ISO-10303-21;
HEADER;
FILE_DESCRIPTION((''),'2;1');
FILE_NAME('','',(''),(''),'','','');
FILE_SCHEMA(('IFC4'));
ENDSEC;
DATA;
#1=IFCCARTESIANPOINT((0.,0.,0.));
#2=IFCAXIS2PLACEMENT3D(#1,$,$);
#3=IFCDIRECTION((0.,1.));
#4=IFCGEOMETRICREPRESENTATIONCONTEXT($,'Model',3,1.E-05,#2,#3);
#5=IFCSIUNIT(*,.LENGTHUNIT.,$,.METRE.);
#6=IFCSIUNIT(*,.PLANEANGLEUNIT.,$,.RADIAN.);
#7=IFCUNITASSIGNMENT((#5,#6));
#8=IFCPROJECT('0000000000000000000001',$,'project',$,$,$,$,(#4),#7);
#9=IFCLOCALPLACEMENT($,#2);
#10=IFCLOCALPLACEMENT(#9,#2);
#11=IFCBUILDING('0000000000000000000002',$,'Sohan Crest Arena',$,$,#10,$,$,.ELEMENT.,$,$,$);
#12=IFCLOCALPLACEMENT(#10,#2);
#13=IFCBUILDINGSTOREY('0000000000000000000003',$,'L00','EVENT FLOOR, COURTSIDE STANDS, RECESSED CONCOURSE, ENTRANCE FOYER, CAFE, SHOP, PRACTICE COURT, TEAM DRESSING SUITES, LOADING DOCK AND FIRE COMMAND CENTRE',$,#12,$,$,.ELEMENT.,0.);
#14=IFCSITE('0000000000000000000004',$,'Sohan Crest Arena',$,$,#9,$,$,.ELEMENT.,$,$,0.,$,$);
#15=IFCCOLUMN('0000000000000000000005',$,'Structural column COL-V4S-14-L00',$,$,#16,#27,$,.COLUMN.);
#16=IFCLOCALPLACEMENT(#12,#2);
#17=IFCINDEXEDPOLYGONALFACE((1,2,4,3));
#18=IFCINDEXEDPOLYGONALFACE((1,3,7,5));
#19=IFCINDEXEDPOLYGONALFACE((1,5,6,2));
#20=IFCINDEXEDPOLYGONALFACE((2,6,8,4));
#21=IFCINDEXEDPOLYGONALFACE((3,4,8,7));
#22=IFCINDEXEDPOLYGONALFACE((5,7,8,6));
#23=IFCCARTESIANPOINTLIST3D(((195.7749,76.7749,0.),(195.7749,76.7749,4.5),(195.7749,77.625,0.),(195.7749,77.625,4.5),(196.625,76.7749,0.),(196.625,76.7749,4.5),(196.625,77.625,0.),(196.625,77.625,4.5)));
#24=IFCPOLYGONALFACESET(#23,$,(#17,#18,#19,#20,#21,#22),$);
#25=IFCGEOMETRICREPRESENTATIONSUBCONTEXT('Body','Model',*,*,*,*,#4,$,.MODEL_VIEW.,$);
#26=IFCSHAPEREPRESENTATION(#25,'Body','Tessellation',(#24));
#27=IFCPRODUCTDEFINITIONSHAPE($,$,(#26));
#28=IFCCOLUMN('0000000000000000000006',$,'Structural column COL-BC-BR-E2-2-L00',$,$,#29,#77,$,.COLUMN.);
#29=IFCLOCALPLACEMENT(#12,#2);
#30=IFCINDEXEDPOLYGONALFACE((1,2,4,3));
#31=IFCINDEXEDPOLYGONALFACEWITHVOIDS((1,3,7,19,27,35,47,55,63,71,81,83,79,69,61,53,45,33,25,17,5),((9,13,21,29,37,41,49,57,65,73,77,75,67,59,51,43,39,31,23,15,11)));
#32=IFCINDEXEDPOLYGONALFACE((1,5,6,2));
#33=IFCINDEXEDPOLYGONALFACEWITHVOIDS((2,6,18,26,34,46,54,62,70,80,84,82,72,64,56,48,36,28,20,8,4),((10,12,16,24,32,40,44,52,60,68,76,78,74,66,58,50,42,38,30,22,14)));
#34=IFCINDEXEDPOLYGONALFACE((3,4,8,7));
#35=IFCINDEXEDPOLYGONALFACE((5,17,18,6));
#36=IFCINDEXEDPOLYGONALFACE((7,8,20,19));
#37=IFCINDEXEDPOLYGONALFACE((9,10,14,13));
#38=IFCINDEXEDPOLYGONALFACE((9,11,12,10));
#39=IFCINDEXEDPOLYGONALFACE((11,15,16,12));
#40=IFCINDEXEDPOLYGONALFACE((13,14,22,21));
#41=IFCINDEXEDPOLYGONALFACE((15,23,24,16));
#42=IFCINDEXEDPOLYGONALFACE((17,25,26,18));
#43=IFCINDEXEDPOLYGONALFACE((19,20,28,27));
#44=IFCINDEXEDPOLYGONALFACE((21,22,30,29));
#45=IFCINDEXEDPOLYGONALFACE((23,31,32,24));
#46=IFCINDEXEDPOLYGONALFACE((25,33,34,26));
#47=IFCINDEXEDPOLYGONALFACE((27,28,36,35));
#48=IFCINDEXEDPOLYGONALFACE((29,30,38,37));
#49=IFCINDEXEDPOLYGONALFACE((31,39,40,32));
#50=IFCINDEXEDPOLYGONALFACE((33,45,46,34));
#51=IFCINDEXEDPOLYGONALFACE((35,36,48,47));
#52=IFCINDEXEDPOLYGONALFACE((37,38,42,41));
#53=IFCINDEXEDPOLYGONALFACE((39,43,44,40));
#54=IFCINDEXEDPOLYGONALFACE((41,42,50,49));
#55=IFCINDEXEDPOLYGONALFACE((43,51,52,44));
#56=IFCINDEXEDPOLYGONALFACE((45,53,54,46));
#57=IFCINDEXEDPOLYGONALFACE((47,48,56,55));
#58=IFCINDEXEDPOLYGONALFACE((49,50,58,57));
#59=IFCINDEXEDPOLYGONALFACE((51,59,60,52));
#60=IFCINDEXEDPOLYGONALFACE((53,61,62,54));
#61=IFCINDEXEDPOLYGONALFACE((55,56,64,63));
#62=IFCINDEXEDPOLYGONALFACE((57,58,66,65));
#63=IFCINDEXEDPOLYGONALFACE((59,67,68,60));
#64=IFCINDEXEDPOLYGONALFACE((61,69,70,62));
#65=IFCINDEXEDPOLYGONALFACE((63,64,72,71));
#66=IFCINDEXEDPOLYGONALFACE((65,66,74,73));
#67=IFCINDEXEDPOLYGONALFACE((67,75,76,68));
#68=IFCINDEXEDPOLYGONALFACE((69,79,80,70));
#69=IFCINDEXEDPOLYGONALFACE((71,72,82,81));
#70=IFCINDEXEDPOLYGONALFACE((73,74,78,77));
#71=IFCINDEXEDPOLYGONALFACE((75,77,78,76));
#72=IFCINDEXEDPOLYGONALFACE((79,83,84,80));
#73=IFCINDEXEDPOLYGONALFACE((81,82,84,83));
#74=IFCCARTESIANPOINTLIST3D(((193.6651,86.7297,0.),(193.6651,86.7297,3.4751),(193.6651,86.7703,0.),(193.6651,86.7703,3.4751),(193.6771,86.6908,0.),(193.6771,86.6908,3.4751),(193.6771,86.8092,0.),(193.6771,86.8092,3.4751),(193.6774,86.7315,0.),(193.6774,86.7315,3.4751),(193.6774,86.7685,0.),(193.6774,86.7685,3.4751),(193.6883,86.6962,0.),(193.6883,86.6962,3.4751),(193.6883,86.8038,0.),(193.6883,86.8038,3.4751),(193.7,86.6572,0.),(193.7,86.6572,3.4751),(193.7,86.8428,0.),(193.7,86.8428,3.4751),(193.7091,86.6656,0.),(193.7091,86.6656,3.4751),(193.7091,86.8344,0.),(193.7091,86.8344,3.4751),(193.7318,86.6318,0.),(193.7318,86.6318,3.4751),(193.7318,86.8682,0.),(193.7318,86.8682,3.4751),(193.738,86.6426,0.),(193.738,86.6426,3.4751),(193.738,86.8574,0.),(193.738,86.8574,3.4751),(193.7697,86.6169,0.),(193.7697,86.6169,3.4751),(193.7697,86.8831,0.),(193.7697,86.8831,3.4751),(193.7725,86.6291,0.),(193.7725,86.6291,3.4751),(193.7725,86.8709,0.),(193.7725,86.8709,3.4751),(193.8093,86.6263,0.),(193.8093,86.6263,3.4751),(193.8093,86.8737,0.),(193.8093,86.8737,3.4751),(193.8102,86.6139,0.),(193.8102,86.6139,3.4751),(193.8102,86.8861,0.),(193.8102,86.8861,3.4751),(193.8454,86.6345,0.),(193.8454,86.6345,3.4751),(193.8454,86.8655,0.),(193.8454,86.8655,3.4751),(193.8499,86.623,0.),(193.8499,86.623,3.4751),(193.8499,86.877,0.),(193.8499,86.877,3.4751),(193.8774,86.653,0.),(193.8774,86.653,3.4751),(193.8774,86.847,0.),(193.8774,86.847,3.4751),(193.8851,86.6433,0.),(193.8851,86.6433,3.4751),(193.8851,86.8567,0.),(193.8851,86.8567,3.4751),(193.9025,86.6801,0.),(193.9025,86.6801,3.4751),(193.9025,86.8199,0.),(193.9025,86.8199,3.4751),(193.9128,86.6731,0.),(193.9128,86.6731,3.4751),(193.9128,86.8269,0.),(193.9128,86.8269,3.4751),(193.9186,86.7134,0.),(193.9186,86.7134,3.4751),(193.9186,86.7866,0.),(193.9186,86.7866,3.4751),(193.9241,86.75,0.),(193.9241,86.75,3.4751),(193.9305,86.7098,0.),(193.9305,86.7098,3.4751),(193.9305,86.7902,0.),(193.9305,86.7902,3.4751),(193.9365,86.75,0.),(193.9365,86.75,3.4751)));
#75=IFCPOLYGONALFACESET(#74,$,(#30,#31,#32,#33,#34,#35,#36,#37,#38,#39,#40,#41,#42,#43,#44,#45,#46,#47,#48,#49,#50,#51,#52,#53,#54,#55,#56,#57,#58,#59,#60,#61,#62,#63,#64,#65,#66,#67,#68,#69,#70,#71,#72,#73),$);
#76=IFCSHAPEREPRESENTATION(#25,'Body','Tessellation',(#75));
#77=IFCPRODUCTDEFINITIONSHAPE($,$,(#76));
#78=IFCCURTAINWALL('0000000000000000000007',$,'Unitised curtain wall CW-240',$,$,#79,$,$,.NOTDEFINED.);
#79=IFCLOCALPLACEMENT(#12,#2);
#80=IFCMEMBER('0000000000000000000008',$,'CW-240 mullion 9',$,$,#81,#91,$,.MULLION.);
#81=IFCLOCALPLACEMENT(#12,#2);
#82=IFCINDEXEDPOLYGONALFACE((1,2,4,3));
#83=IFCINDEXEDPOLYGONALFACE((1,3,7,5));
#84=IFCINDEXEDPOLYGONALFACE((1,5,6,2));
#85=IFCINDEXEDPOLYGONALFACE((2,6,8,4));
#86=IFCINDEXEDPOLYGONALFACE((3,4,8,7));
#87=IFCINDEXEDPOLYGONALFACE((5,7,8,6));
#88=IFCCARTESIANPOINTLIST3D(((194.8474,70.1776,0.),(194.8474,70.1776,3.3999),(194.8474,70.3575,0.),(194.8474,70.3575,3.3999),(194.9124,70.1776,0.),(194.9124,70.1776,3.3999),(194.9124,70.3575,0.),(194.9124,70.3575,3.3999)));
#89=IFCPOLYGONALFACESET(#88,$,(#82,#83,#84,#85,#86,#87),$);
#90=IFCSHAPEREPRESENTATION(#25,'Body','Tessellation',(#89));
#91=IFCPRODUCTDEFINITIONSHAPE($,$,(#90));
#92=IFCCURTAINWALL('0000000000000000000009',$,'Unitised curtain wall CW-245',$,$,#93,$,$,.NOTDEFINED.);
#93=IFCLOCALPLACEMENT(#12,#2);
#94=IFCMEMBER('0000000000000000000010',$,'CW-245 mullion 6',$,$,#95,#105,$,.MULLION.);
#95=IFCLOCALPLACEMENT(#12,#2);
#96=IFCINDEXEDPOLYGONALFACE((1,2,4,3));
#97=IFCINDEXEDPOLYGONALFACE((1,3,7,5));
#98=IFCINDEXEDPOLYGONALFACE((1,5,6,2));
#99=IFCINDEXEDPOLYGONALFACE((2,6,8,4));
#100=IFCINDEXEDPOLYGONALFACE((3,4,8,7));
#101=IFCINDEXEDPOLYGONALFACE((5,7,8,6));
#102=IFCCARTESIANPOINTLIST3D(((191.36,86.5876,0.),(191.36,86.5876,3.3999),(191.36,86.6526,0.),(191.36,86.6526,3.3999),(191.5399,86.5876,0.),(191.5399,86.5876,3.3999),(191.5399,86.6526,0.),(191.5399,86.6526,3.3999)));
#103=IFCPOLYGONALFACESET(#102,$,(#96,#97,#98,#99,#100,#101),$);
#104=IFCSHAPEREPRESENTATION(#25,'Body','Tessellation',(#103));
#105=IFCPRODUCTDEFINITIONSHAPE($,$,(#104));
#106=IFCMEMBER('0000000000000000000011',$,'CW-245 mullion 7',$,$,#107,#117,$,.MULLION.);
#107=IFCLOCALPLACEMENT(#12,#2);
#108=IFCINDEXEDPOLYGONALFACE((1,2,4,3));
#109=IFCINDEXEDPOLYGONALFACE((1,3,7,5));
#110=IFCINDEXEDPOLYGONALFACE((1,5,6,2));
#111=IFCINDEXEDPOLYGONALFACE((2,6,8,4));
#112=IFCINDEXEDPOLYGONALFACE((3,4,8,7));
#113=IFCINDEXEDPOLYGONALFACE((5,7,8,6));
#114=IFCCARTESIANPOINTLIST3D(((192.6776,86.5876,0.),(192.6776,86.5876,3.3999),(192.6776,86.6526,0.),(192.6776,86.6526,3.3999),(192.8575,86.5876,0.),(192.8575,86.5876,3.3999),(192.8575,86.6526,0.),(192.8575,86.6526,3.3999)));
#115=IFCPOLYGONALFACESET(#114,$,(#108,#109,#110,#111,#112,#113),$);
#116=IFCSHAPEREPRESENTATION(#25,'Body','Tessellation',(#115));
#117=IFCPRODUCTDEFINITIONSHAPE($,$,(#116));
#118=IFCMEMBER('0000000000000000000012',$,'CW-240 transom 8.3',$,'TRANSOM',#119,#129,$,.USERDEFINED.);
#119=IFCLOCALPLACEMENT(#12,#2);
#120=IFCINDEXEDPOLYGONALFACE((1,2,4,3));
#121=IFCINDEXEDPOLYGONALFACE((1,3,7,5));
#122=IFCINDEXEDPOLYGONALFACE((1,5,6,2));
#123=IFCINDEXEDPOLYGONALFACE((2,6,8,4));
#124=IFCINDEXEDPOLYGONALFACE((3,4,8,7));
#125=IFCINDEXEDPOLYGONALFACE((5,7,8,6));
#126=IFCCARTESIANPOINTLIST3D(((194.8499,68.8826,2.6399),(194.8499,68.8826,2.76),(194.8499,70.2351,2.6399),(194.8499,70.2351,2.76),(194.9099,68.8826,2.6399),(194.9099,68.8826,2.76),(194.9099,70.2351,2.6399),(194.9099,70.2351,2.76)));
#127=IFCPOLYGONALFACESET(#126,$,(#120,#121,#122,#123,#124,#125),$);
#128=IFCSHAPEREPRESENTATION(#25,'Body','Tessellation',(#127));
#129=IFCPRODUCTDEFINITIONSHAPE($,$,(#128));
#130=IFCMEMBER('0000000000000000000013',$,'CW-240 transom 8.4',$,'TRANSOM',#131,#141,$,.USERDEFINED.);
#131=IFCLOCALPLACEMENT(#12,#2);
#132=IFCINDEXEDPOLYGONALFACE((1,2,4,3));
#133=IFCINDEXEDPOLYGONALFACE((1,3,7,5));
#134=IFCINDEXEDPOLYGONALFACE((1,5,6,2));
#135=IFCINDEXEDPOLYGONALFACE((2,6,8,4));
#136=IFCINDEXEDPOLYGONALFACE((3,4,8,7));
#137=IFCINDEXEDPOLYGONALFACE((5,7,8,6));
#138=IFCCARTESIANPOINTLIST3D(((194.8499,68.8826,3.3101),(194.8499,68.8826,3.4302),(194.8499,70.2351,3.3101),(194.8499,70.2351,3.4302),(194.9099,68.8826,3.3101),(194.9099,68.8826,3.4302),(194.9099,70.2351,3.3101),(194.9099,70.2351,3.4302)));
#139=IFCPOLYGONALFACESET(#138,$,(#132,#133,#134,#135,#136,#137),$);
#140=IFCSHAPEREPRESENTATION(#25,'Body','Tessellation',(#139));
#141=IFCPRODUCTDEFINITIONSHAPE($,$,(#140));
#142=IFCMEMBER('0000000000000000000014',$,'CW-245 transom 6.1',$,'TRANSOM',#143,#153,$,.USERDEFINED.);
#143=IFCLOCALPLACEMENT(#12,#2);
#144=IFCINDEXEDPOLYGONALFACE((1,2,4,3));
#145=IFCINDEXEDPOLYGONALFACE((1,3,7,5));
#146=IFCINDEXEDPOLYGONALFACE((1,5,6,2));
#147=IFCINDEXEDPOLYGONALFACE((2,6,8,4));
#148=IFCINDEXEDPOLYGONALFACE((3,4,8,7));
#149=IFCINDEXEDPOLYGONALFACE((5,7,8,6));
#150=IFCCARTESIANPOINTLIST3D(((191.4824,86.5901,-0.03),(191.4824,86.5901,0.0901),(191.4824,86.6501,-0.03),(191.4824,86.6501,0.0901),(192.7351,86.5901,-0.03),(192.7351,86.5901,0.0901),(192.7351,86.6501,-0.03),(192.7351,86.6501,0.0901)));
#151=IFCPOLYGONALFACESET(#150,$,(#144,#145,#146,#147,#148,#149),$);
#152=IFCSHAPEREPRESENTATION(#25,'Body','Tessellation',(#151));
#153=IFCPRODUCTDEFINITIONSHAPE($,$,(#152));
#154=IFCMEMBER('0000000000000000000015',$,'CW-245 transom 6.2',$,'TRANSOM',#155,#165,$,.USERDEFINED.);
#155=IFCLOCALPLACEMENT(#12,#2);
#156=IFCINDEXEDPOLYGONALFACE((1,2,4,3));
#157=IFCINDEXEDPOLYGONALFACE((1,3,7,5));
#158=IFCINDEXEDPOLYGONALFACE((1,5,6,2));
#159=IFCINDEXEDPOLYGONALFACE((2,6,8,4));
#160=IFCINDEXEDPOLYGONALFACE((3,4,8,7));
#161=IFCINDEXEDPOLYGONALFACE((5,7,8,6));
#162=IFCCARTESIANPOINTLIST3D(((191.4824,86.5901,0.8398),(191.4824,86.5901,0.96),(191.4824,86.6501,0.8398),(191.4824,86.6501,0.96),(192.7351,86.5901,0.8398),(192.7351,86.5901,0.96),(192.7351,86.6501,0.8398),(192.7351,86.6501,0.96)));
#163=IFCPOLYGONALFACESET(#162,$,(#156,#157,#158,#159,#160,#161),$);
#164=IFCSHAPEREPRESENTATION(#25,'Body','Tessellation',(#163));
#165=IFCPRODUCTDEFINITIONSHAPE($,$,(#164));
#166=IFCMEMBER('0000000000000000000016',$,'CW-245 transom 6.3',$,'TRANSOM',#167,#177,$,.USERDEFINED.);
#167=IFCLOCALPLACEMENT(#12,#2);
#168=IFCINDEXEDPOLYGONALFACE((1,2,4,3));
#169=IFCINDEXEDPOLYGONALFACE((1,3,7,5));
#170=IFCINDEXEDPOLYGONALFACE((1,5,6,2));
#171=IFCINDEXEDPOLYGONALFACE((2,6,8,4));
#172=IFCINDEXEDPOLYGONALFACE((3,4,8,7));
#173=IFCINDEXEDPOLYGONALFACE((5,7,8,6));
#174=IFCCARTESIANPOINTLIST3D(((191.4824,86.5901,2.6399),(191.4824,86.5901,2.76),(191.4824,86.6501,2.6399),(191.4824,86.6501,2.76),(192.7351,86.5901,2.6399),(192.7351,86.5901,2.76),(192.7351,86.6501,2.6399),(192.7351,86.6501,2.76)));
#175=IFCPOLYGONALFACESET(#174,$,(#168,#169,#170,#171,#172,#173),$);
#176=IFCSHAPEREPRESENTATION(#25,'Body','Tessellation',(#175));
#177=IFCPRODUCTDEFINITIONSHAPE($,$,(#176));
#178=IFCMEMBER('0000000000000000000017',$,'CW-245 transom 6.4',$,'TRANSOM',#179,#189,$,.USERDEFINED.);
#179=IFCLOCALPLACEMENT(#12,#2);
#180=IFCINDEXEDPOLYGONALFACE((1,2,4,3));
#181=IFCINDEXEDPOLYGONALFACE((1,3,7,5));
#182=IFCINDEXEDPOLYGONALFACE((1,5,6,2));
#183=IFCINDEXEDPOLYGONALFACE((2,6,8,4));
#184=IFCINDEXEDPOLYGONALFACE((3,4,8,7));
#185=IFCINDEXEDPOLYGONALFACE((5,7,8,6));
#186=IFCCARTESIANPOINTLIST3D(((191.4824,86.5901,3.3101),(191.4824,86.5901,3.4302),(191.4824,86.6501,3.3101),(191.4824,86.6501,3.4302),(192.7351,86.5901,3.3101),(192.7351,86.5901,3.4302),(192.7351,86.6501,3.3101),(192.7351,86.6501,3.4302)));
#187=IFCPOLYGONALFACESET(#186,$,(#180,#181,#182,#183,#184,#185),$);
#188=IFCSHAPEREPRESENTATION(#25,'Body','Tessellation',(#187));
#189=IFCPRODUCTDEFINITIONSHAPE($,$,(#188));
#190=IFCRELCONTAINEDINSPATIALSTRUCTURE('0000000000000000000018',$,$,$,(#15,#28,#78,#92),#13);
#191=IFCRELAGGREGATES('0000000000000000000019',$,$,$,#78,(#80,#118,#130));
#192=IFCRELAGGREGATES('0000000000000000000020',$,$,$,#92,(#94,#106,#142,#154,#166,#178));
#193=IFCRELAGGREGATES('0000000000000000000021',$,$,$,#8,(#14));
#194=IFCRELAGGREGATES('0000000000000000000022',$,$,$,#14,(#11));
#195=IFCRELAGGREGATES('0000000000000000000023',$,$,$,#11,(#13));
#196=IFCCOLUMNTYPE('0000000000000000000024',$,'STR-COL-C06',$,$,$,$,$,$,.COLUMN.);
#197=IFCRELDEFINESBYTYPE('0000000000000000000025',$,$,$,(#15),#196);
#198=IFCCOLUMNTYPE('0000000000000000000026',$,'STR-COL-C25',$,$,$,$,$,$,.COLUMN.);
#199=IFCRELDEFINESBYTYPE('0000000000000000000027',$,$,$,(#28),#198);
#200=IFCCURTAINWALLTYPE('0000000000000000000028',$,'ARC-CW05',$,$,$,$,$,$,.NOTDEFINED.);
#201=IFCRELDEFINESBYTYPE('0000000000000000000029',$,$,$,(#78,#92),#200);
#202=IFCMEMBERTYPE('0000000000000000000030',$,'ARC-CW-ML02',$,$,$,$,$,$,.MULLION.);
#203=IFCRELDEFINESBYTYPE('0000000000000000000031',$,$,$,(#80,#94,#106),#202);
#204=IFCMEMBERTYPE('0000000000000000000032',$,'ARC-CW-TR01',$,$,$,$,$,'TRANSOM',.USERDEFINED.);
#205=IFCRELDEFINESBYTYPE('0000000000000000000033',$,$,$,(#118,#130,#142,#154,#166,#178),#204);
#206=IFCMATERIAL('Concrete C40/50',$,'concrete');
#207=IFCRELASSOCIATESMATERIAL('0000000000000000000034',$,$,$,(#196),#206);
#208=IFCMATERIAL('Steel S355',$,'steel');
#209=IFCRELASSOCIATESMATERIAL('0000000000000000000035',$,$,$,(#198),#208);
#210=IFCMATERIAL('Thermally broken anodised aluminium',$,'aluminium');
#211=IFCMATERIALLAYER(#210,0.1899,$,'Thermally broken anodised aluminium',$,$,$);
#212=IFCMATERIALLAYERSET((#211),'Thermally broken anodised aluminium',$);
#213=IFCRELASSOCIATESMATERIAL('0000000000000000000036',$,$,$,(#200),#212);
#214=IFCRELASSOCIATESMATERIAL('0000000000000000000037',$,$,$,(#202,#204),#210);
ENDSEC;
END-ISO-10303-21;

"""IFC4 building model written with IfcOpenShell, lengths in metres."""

from ifc_helpers import new_model, si_unit, direction, frame, origin, origin_2d, place, context, subcontext, project, spatial, rectangle, hollow_circle, extrude, material, layer, layer_set, material_profile, profile_set, type_object, element, aggregate, save


model = new_model("IFC4")

# Units and contexts
model_context = context("Model", 3, precision=1e-05, world=origin(), true_north=direction((0.0, 1.0)))
body_context = subcontext(model_context, "Body", "Model", "MODEL_VIEW")
ifc_project = project(units=[si_unit("LENGTHUNIT", "METRE"), si_unit("PLANEANGLEUNIT", "RADIAN")], contexts=[model_context])

# Site, building, storey
site_placement = place(None, origin())
site = spatial("IfcSite", under=ifc_project, at=site_placement, Name="Sohan Crest Arena", CompositionType="ELEMENT", RefElevation=0.0)
building_placement = place(site_placement, origin())
building = spatial("IfcBuilding", under=site, at=building_placement, Name="Sohan Crest Arena", CompositionType="ELEMENT")
storey_placement = place(building_placement, origin())
storey = spatial("IfcBuildingStorey", under=building, at=storey_placement, Name="L00", Description="EVENT FLOOR, COURTSIDE STANDS, RECESSED CONCOURSE, ENTRANCE FOYER, CAFE, SHOP, PRACTICE COURT, TEAM DRESSING SUITES, LOADING DOCK AND FIRE COMMAND CENTRE", CompositionType="ELEMENT", Elevation=0.0)

# Columns
ifc_material_1 = material(Name="Concrete C40/50", Category="concrete")
ifc_material_profile_1 = material_profile(ifc_material_1, rectangle(XDim=0.8501, YDim=0.8501, at=origin_2d()), Name="RC 850x850")
ifc_profile_set_1 = profile_set([ifc_material_profile_1], Name="Concrete C40/50")
column_type_1 = type_object("IfcColumnType", Name="STR-COL-C06", PredefinedType="COLUMN", material=ifc_profile_set_1)
column_1_placement = place(storey_placement, frame((196.2, 77.2, 0.0), z_axis=(0.0, 0.0, 1.0), x_axis=(1.0, 0.0, 0.0)))
element("IfcColumn", 1, at=column_1_placement, inside=storey, type_object=column_type_1, Name="Structural column COL-V4S-14-L00", PredefinedType="COLUMN", context=body_context, shape_type="SweptSolid", body=[
    extrude(rectangle(XDim=0.8501, YDim=0.8501, at=origin_2d()), origin(), (0.0, 0.0, 1.0), 4.5),
])
ifc_material_2 = material(Name="Steel S355", Category="steel")
ifc_material_profile_2 = material_profile(ifc_material_2, hollow_circle(Radius=0.1365, WallThickness=0.0125, at=origin_2d()), Name="CHS 273x12.5")
ifc_profile_set_2 = profile_set([ifc_material_profile_2], Name="Steel S355")
column_type_2 = type_object("IfcColumnType", Name="STR-COL-C25", PredefinedType="COLUMN", material=ifc_profile_set_2)
column_2_placement = place(storey_placement, frame((193.8, 86.75, 0.0), z_axis=(0.0, 0.0, 1.0), x_axis=(1.0, 0.0, 0.0)))
element("IfcColumn", 2, at=column_2_placement, inside=storey, type_object=column_type_2, Name="Structural column COL-BC-BR-E2-2-L00", PredefinedType="COLUMN", context=body_context, shape_type="SweptSolid", body=[
    extrude(hollow_circle(Radius=0.1365, WallThickness=0.0125, at=origin_2d()), origin(), (0.0, 0.0, 1.0), 3.4751),
])

# Curtain wall, member
ifc_material_3 = material(Name="Thermally broken anodised aluminium", Category="aluminium")
ifc_layer_1 = layer(ifc_material_3, 0.1899, Name="Thermally broken anodised aluminium")
ifc_layer_set_1 = layer_set([ifc_layer_1], Name="Thermally broken anodised aluminium")
curtain_wall_type = type_object("IfcCurtainWallType", Name="ARC-CW05", PredefinedType="NOTDEFINED", material=ifc_layer_set_1)
curtain_wall_1_placement = place(storey_placement, origin())
curtain_wall_1 = element("IfcCurtainWall", 3, at=curtain_wall_1_placement, inside=storey, type_object=curtain_wall_type, Name="Unitised curtain wall CW-240", PredefinedType="NOTDEFINED")
ifc_material_profile_3 = material_profile(ifc_material_3, rectangle(XDim=0.0649, YDim=0.1799, at=origin_2d()), Name="ALU-MULL 65x180")
ifc_profile_set_3 = profile_set([ifc_material_profile_3], Name="Thermally broken anodised aluminium")
member_type_1 = type_object("IfcMemberType", Name="ARC-CW-ML02", PredefinedType="MULLION", material=ifc_profile_set_3)
member_1_placement = place(storey_placement, frame((194.8799, 70.2676, 0.0), z_axis=(0.0, 0.0, 1.0), x_axis=(-1.0, 0.0, 0.0)))
member_1 = element("IfcMember", 4, at=member_1_placement, type_object=member_type_1, Name="CW-240 mullion 9", PredefinedType="MULLION", context=body_context, shape_type="SweptSolid", body=[
    extrude(rectangle(XDim=0.0649, YDim=0.1799, at=origin_2d()), origin(), (0.0, 0.0, 1.0), 3.3999),
])

# Curtain wall, members
curtain_wall_2_placement = place(storey_placement, origin())
curtain_wall_2 = element("IfcCurtainWall", 5, at=curtain_wall_2_placement, inside=storey, type_object=curtain_wall_type, Name="Unitised curtain wall CW-245", PredefinedType="NOTDEFINED")
member_2_placement = place(storey_placement, frame((191.45, 86.6201, 0.0), z_axis=(0.0, 0.0, 1.0), x_axis=(0.0, 1.0, 0.0)))
member_2 = element("IfcMember", 6, at=member_2_placement, type_object=member_type_1, Name="CW-245 mullion 6", PredefinedType="MULLION", context=body_context, shape_type="SweptSolid", body=[
    extrude(rectangle(XDim=0.0649, YDim=0.1799, at=origin_2d()), origin(), (0.0, 0.0, 1.0), 3.3999),
])
member_3_placement = place(storey_placement, frame((192.7676, 86.6201, 0.0), z_axis=(0.0, 0.0, 1.0), x_axis=(0.0, 1.0, 0.0)))
member_3 = element("IfcMember", 7, at=member_3_placement, type_object=member_type_1, Name="CW-245 mullion 7", PredefinedType="MULLION", context=body_context, shape_type="SweptSolid", body=[
    extrude(rectangle(XDim=0.0649, YDim=0.1799, at=origin_2d()), origin(), (0.0, 0.0, 1.0), 3.3999),
])

# Members
ifc_material_profile_4 = material_profile(ifc_material_3, rectangle(XDim=0.0601, YDim=0.1201, at=origin_2d()), Name="ALU-TRAN 60x120")
ifc_profile_set_4 = profile_set([ifc_material_profile_4], Name="Thermally broken anodised aluminium")
member_type_2 = type_object("IfcMemberType", Name="ARC-CW-TR01", ElementType="TRANSOM", PredefinedType="USERDEFINED", material=ifc_profile_set_4)
member_4_placement = place(storey_placement, frame((194.8799, 68.8826, 2.7), z_axis=(0.0, 1.0, 0.0), x_axis=(-1.0, 0.0, 0.0)))
member_4 = element("IfcMember", 8, at=member_4_placement, type_object=member_type_2, Name="CW-240 transom 8.3", ObjectType="TRANSOM", PredefinedType="USERDEFINED", context=body_context, shape_type="SweptSolid", body=[
    extrude(rectangle(XDim=0.0601, YDim=0.1201, at=origin_2d()), origin(), (0.0, 0.0, 1.0), 1.3525),
])
member_5_placement = place(storey_placement, frame((194.8799, 68.8826, 3.3701), z_axis=(0.0, 1.0, 0.0), x_axis=(-1.0, 0.0, 0.0)))
member_5 = element("IfcMember", 9, at=member_5_placement, type_object=member_type_2, Name="CW-240 transom 8.4", ObjectType="TRANSOM", PredefinedType="USERDEFINED", context=body_context, shape_type="SweptSolid", body=[
    extrude(rectangle(XDim=0.0601, YDim=0.1201, at=origin_2d()), origin(), (0.0, 0.0, 1.0), 1.3525),
])
member_6_placement = place(storey_placement, frame((191.4824, 86.6201, 0.03), z_axis=(1.0, 0.0, 0.0), x_axis=(0.0, 1.0, 0.0)))
member_6 = element("IfcMember", 10, at=member_6_placement, type_object=member_type_2, Name="CW-245 transom 6.1", ObjectType="TRANSOM", PredefinedType="USERDEFINED", context=body_context, shape_type="SweptSolid", body=[
    extrude(rectangle(XDim=0.0601, YDim=0.1201, at=origin_2d()), origin(), (0.0, 0.0, 1.0), 1.2527),
])
member_7_placement = place(storey_placement, frame((191.4824, 86.6201, 0.8999), z_axis=(1.0, 0.0, 0.0), x_axis=(0.0, 1.0, 0.0)))
member_7 = element("IfcMember", 11, at=member_7_placement, type_object=member_type_2, Name="CW-245 transom 6.2", ObjectType="TRANSOM", PredefinedType="USERDEFINED", context=body_context, shape_type="SweptSolid", body=[
    extrude(rectangle(XDim=0.0601, YDim=0.1201, at=origin_2d()), origin(), (0.0, 0.0, 1.0), 1.2527),
])
member_8_placement = place(storey_placement, frame((191.4824, 86.6201, 2.7), z_axis=(1.0, 0.0, 0.0), x_axis=(0.0, 1.0, 0.0)))
member_8 = element("IfcMember", 12, at=member_8_placement, type_object=member_type_2, Name="CW-245 transom 6.3", ObjectType="TRANSOM", PredefinedType="USERDEFINED", context=body_context, shape_type="SweptSolid", body=[
    extrude(rectangle(XDim=0.0601, YDim=0.1201, at=origin_2d()), origin(), (0.0, 0.0, 1.0), 1.2527),
])
member_9_placement = place(storey_placement, frame((191.4824, 86.6201, 3.3701), z_axis=(1.0, 0.0, 0.0), x_axis=(0.0, 1.0, 0.0)))
member_9 = element("IfcMember", 13, at=member_9_placement, type_object=member_type_2, Name="CW-245 transom 6.4", ObjectType="TRANSOM", PredefinedType="USERDEFINED", context=body_context, shape_type="SweptSolid", body=[
    extrude(rectangle(XDim=0.0601, YDim=0.1201, at=origin_2d()), origin(), (0.0, 0.0, 1.0), 1.2527),
])

aggregate(curtain_wall_1, [member_1, member_4, member_5])
aggregate(curtain_wall_2, [member_2, member_3, member_6, member_7, member_8, member_9])

save(model, "model.ifc")
